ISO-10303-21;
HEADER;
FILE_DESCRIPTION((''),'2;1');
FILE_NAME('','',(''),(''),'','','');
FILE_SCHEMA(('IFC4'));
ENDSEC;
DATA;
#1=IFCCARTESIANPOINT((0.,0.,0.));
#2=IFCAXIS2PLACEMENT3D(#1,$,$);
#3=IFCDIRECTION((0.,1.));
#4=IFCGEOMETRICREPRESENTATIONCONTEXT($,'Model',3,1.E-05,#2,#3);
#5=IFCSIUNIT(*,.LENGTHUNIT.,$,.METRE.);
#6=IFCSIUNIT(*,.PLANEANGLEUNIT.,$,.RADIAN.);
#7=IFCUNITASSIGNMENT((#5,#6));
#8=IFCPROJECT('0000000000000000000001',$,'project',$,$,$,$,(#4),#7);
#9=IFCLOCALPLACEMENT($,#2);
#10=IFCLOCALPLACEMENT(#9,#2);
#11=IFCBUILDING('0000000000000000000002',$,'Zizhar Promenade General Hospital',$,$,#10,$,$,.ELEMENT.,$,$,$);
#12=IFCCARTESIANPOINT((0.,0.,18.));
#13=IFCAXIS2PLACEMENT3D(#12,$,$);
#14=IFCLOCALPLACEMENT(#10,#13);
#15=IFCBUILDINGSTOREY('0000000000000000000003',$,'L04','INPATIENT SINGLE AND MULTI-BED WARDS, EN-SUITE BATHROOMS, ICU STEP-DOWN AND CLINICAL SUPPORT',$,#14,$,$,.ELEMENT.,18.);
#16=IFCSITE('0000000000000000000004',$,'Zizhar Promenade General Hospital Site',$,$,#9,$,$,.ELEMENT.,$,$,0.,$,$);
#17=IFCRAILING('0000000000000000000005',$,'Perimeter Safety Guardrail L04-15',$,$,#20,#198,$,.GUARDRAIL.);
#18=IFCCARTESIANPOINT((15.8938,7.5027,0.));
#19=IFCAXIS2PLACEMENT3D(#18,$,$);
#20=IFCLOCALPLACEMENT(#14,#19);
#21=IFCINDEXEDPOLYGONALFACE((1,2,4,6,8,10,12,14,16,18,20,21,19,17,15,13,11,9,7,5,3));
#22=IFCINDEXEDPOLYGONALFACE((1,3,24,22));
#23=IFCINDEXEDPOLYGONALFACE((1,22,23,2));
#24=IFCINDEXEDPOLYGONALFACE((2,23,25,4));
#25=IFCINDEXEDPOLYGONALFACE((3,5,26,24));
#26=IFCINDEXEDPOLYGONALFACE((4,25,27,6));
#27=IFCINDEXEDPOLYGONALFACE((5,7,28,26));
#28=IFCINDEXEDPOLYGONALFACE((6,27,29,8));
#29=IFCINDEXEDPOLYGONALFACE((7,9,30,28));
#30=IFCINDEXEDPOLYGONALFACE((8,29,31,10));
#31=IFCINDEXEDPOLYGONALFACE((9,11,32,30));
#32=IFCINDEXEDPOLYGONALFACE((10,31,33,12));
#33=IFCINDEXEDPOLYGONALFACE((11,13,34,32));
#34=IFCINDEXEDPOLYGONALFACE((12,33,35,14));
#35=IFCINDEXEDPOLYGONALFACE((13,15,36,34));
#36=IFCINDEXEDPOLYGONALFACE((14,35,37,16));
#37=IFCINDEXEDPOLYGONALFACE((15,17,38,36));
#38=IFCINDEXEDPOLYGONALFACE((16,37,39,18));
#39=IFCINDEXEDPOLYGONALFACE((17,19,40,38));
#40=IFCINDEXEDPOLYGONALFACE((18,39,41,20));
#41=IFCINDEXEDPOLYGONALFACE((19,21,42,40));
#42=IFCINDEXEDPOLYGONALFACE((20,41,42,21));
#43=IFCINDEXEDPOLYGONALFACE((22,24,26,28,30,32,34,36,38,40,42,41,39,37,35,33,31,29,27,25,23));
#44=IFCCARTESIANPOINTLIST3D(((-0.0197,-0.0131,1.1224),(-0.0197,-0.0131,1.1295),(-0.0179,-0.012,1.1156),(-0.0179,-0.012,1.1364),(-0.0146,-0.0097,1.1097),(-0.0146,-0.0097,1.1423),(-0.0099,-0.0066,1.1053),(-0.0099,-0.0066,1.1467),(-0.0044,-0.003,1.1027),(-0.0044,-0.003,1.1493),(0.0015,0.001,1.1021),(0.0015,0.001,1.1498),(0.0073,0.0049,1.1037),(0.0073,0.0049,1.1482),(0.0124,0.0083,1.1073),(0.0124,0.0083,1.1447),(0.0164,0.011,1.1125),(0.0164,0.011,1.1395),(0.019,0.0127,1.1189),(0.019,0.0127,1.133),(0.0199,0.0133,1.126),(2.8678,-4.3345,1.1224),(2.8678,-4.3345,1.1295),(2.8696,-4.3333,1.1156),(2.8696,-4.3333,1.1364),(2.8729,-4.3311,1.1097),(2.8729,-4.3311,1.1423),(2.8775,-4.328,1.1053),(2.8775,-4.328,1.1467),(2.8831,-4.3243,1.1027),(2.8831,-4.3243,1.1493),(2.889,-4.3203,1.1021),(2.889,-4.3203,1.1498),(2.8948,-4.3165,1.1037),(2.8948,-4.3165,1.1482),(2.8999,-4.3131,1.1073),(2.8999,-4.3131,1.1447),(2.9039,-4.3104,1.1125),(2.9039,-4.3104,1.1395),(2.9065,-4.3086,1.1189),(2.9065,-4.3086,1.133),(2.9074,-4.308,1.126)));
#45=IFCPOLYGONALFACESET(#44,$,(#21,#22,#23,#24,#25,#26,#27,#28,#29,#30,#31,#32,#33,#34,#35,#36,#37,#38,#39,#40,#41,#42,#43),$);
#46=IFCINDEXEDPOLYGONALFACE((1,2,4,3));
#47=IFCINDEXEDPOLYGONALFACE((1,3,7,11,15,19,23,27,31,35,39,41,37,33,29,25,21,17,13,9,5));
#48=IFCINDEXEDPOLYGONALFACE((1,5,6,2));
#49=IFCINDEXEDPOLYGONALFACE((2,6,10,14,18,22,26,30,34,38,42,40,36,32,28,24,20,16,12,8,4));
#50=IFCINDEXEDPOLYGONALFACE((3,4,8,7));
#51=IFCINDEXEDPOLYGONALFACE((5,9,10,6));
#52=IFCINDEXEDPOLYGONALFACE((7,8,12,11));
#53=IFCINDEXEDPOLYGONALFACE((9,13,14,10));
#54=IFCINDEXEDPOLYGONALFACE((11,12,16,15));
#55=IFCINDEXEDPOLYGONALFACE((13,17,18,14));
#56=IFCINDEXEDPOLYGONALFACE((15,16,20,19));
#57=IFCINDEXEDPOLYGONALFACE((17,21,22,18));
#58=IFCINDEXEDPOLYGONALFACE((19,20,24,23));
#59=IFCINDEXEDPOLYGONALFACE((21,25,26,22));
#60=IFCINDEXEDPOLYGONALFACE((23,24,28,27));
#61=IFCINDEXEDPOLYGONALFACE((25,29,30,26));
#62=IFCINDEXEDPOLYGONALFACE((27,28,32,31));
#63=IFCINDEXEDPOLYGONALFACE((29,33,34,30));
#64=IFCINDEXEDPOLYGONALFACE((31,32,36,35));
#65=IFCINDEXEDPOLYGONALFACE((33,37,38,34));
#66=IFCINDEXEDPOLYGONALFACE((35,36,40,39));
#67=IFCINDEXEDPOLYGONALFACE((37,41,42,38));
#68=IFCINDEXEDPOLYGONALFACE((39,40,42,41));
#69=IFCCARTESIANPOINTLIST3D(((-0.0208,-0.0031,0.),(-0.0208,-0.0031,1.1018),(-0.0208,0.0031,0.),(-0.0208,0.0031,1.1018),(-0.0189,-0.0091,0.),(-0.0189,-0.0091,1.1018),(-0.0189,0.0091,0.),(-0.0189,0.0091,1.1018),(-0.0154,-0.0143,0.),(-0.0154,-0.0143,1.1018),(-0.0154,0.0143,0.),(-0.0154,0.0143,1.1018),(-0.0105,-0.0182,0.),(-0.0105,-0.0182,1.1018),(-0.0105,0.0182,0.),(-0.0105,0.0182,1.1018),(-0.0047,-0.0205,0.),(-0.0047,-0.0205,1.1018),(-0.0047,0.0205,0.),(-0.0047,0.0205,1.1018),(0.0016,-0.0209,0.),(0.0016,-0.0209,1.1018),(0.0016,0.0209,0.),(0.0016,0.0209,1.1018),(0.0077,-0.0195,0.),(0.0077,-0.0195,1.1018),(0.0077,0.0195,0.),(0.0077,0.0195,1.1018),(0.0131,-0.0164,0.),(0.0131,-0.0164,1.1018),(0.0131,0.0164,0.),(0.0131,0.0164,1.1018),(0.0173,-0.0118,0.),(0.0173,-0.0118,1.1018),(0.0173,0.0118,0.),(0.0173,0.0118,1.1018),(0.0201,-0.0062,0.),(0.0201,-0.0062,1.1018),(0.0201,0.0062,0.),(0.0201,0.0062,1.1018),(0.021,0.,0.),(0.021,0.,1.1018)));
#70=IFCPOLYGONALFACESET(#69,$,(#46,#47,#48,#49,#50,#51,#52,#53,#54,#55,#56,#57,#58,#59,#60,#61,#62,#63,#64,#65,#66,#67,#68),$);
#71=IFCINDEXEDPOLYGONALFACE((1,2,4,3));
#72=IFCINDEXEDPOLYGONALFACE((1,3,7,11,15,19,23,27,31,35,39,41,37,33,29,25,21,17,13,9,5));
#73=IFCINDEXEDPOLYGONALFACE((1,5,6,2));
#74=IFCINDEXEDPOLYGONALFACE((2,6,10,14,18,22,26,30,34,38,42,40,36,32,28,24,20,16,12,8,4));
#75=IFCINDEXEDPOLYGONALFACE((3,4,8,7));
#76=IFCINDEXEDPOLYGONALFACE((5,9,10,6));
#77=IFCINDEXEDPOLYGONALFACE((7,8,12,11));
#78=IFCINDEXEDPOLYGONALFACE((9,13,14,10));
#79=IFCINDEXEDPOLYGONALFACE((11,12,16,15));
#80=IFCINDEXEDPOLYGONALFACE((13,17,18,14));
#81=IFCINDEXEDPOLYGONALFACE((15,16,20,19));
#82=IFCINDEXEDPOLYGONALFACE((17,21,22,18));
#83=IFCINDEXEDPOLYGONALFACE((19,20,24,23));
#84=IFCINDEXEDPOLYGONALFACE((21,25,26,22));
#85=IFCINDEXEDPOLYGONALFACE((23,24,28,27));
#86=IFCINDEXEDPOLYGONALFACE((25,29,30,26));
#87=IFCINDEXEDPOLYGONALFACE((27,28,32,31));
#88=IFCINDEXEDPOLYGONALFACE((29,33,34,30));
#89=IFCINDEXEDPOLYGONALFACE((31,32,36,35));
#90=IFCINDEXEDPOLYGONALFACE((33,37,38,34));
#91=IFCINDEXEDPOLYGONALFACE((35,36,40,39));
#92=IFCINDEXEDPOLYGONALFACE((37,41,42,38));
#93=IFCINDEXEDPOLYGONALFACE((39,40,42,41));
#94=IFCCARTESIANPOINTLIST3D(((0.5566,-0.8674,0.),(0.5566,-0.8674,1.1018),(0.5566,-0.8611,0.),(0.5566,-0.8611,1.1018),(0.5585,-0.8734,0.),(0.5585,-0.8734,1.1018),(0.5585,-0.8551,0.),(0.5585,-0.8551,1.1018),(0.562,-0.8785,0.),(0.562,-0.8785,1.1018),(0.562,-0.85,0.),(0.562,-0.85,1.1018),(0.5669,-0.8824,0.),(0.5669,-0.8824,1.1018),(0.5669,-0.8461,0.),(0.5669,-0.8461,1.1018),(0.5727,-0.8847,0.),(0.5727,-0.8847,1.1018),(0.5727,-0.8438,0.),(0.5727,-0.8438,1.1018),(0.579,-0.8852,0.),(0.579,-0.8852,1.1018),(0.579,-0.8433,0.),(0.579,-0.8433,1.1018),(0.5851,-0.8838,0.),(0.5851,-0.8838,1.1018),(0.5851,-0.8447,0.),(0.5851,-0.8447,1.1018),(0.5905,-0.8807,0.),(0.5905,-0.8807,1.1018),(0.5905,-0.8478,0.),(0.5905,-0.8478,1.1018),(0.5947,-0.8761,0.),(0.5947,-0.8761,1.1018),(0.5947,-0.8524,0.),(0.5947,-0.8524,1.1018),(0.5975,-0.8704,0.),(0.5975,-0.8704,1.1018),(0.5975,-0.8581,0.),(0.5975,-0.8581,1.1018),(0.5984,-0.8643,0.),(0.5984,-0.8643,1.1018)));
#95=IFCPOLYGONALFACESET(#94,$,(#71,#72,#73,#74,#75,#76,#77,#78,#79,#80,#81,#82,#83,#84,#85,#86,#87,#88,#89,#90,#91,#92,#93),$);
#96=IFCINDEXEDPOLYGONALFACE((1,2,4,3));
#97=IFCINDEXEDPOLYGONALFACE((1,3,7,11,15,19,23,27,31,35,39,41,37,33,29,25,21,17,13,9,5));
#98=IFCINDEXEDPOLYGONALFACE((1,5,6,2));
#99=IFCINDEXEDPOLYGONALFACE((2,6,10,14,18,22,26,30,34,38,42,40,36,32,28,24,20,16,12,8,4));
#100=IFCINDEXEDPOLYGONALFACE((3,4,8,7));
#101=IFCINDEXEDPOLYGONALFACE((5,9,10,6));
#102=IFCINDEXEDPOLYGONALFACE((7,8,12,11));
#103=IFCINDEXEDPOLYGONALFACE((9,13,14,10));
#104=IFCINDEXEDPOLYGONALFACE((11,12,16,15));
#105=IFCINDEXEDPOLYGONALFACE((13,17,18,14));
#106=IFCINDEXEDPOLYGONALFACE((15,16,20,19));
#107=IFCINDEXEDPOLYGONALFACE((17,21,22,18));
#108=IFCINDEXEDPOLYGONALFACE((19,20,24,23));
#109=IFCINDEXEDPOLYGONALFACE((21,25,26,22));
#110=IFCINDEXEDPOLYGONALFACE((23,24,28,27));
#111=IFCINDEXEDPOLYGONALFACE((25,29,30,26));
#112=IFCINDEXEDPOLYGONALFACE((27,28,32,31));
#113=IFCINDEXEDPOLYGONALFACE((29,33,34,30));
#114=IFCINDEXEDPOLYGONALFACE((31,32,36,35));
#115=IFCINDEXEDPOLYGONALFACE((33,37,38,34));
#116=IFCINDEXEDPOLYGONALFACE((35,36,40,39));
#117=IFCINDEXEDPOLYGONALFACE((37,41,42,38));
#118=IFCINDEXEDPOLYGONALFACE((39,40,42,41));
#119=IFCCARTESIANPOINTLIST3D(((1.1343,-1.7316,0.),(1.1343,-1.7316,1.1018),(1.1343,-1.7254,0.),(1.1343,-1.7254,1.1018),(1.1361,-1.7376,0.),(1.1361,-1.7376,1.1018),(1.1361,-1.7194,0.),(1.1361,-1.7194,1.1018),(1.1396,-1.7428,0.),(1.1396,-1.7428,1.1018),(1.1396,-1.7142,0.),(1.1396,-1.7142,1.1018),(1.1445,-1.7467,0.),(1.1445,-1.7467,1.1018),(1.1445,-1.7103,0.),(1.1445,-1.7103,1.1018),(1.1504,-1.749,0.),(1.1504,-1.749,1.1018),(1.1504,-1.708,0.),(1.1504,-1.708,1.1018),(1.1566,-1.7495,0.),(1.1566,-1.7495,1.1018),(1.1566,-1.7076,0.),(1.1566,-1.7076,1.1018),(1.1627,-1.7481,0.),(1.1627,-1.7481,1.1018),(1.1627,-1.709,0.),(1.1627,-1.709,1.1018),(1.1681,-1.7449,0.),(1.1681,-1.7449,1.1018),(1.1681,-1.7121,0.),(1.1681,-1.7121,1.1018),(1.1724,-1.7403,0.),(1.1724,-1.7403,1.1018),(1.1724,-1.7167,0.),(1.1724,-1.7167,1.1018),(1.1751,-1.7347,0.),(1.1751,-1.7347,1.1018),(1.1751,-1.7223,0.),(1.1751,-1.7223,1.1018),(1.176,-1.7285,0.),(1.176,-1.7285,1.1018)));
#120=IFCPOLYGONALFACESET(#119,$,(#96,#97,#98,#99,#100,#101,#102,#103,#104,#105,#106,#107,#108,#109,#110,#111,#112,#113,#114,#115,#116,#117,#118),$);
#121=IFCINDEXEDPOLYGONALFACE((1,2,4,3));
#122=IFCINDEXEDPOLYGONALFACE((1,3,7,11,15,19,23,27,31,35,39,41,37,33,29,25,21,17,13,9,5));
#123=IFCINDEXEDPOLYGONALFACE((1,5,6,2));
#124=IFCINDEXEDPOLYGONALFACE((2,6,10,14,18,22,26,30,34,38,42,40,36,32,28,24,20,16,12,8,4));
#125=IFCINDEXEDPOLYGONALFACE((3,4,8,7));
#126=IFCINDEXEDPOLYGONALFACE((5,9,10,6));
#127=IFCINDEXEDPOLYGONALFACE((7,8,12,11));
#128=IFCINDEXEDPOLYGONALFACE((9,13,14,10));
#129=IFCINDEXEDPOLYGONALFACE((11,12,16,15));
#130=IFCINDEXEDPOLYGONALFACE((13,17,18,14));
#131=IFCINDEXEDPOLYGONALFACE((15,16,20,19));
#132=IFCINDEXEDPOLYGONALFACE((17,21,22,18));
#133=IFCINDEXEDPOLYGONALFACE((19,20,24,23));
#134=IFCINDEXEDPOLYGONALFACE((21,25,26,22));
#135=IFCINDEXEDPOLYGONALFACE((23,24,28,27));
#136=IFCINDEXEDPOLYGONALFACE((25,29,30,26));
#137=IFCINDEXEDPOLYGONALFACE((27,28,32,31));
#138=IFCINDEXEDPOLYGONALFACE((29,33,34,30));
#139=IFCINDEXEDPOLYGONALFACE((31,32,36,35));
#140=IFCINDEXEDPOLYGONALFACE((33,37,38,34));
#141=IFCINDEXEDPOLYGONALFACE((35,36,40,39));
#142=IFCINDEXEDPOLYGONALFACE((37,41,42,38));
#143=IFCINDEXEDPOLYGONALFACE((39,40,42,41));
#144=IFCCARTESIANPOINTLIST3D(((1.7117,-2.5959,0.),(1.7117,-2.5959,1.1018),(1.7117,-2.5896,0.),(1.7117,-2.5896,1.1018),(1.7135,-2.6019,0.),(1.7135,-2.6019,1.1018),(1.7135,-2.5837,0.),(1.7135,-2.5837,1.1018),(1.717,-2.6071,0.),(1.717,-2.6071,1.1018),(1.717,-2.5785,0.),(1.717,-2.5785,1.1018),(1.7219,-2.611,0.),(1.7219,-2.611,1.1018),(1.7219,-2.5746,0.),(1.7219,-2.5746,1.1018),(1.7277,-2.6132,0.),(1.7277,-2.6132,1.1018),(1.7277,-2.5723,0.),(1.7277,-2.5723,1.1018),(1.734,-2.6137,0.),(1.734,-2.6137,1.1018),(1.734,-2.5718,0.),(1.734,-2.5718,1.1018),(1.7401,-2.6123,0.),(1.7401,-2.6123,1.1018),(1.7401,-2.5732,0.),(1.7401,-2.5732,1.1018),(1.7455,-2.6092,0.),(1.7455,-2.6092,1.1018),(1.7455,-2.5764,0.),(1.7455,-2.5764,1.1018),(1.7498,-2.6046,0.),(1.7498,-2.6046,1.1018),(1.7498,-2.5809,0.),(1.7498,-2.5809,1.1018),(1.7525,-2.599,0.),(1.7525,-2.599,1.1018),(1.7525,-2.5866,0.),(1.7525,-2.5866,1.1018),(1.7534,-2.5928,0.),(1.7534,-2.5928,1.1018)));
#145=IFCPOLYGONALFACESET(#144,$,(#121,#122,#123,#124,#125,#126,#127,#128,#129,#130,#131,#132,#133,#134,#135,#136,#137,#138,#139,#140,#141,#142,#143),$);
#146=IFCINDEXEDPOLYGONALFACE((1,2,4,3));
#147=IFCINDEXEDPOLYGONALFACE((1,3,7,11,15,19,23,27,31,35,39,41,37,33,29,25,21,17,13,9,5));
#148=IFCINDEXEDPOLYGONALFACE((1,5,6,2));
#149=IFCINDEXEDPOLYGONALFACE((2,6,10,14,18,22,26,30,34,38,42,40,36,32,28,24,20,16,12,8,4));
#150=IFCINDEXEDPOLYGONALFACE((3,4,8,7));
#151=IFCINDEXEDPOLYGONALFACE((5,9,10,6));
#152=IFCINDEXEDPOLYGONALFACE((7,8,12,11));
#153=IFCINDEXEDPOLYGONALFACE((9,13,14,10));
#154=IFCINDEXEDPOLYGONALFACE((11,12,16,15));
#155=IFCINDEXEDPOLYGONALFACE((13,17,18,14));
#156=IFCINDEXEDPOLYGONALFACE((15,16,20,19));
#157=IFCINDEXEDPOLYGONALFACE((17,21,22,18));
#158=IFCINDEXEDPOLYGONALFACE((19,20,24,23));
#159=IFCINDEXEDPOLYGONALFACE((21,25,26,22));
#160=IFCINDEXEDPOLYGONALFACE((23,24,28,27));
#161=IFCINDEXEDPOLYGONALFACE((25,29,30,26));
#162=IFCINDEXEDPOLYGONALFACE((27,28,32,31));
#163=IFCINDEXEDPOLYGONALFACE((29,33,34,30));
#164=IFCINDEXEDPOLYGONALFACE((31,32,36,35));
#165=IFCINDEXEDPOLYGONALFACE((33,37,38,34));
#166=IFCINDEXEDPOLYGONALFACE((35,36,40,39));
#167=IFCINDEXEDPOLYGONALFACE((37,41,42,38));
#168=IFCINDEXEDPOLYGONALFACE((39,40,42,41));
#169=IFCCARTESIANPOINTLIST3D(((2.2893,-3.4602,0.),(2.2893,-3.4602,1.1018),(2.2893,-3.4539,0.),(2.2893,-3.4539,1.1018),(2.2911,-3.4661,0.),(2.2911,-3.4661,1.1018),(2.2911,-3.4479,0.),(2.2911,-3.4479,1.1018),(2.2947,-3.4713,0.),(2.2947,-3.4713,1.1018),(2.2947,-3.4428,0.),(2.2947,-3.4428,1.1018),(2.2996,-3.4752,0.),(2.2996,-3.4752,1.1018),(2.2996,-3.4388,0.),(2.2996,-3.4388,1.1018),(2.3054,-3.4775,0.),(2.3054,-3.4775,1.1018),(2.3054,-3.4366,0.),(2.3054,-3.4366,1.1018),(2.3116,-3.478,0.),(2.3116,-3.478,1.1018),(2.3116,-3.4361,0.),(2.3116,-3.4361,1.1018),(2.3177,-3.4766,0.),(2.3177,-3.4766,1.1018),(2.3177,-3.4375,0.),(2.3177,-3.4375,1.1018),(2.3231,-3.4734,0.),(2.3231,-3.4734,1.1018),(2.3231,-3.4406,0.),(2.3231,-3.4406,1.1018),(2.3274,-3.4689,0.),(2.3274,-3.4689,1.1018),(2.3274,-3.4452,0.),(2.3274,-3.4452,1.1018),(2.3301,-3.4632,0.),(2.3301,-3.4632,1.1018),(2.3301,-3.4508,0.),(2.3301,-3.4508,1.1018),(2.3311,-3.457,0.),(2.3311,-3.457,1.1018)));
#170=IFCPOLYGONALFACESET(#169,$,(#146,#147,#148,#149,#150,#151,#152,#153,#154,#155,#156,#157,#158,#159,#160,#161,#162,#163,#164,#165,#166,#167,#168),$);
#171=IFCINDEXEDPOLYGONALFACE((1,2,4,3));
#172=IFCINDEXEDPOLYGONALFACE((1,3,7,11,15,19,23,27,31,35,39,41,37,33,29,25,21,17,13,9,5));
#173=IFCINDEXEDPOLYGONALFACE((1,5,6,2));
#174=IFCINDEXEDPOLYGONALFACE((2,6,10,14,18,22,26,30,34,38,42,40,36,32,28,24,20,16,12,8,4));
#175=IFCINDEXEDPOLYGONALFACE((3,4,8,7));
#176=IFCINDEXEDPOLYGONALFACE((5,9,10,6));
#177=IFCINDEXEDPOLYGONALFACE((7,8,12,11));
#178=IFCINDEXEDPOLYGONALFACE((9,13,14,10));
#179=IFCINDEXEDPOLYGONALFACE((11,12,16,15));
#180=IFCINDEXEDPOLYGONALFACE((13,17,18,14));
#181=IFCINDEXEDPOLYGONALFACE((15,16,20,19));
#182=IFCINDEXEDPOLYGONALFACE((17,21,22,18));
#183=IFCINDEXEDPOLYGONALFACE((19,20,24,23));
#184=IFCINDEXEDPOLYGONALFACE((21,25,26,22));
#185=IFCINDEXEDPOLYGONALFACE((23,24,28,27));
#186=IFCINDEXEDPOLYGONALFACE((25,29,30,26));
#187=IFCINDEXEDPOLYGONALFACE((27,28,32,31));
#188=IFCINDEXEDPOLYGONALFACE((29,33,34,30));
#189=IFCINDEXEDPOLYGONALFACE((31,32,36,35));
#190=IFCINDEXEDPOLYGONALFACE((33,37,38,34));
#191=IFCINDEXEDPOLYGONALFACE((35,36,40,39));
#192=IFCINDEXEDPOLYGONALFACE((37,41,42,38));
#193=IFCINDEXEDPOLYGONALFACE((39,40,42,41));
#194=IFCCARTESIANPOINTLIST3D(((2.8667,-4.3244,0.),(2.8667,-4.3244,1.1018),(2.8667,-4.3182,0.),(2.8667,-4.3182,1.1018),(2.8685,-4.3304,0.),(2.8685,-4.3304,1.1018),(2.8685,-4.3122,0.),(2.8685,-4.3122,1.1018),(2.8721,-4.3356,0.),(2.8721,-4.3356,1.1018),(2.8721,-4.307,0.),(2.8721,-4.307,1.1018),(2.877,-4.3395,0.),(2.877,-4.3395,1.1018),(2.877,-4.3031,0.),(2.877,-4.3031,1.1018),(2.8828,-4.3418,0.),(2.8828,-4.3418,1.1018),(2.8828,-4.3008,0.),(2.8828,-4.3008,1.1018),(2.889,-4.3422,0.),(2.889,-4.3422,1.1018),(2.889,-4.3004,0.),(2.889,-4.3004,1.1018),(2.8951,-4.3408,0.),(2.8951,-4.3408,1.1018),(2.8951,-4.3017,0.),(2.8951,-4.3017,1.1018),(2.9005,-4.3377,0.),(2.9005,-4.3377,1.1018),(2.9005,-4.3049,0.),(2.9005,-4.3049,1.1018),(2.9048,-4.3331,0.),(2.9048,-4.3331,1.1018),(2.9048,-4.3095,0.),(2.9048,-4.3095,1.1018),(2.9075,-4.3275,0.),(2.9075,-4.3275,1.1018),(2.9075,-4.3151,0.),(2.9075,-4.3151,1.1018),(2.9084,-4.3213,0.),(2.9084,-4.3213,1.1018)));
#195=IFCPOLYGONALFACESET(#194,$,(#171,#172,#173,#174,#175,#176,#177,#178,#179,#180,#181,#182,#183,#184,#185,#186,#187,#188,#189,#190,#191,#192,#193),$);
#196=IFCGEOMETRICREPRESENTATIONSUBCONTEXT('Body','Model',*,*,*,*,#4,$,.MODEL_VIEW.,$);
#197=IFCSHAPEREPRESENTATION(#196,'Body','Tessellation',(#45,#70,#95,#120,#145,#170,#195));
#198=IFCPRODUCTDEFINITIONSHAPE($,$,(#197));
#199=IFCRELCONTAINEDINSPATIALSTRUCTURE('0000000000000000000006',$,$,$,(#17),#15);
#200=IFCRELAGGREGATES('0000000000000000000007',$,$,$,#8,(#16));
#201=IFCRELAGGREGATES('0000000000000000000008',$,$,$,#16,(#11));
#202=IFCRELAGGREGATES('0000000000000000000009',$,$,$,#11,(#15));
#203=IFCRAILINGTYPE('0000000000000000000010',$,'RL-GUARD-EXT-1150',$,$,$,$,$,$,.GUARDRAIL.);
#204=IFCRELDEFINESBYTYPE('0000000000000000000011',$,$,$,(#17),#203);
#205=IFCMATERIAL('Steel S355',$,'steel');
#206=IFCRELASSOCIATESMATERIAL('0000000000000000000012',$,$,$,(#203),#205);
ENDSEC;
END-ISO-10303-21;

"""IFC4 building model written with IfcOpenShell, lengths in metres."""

from ifc_helpers import new_model, si_unit, direction, frame, origin, origin_2d, place, context, subcontext, project, spatial, hollow_rectangle, circle, extrude, material, material_profile, profile_set, type_object, element, save


model = new_model("IFC4")

# Units and contexts
model_context = context("Model", 3, precision=1e-05, world=origin(), true_north=direction((0.0, 1.0)))
body_context = subcontext(model_context, "Body", "Model", "MODEL_VIEW")
ifc_project = project(units=[si_unit("LENGTHUNIT", "METRE"), si_unit("PLANEANGLEUNIT", "RADIAN")], contexts=[model_context])

# Site, building, storey
site_placement = place(None, origin())
site = spatial("IfcSite", under=ifc_project, at=site_placement, Name="Zizhar Promenade General Hospital Site", CompositionType="ELEMENT", RefElevation=0.0)
building_placement = place(site_placement, origin())
building = spatial("IfcBuilding", under=site, at=building_placement, Name="Zizhar Promenade General Hospital", CompositionType="ELEMENT")
storey_placement = place(building_placement, frame((0.0, 0.0, 18.0)))
storey = spatial("IfcBuildingStorey", under=building, at=storey_placement, Name="L04", Description="INPATIENT SINGLE AND MULTI-BED WARDS, EN-SUITE BATHROOMS, ICU STEP-DOWN AND CLINICAL SUPPORT", CompositionType="ELEMENT", Elevation=18.0)

# Railing
ifc_material_1 = material(Name="Steel S355", Category="steel")
ifc_material_profile_1 = material_profile(ifc_material_1, hollow_rectangle(XDim=0.0601, YDim=0.1201, WallThickness=0.0039, at=origin_2d()))
ifc_profile_set_1 = profile_set([ifc_material_profile_1], Name="Steel S355")
railing_type = type_object("IfcRailingType", Name="RL-GUARD-EXT-1150", PredefinedType="GUARDRAIL", material=ifc_profile_set_1)
railing_1_placement = place(storey_placement, frame((15.8938, 7.5027, 0.0)))
element("IfcRailing", 1, at=railing_1_placement, inside=storey, type_object=railing_type, Name="Perimeter Safety Guardrail L04-15", PredefinedType="GUARDRAIL", context=body_context, shape_type="SweptSolid", body=[
    extrude(circle(Radius=0.0239, at=origin_2d()), frame((0.0, 0.0, 1.126), z_axis=(0.555578, -0.831464, 0.0), x_axis=(0.831464, 0.555578, 0.0)), (0.0, 0.0, 1.0), 5.1973),
    extrude(circle(Radius=0.021, at=origin_2d()), origin(), (0.0, 0.0, 1.0), 1.1018),
    extrude(circle(Radius=0.021, at=origin_2d()), frame((0.5774, -0.8643, 0.0)), (0.0, 0.0, 1.0), 1.1018),
    extrude(circle(Radius=0.021, at=origin_2d()), frame((1.155, -1.7285, 0.0)), (0.0, 0.0, 1.0), 1.1018),
    extrude(circle(Radius=0.021, at=origin_2d()), frame((1.7324, -2.5928, 0.0)), (0.0, 0.0, 1.0), 1.1018),
    extrude(circle(Radius=0.021, at=origin_2d()), frame((2.3101, -3.457, 0.0)), (0.0, 0.0, 1.0), 1.1018),
    extrude(circle(Radius=0.021, at=origin_2d()), frame((2.8875, -4.3213, 0.0)), (0.0, 0.0, 1.0), 1.1018),
])

save(model, "model.ifc")
